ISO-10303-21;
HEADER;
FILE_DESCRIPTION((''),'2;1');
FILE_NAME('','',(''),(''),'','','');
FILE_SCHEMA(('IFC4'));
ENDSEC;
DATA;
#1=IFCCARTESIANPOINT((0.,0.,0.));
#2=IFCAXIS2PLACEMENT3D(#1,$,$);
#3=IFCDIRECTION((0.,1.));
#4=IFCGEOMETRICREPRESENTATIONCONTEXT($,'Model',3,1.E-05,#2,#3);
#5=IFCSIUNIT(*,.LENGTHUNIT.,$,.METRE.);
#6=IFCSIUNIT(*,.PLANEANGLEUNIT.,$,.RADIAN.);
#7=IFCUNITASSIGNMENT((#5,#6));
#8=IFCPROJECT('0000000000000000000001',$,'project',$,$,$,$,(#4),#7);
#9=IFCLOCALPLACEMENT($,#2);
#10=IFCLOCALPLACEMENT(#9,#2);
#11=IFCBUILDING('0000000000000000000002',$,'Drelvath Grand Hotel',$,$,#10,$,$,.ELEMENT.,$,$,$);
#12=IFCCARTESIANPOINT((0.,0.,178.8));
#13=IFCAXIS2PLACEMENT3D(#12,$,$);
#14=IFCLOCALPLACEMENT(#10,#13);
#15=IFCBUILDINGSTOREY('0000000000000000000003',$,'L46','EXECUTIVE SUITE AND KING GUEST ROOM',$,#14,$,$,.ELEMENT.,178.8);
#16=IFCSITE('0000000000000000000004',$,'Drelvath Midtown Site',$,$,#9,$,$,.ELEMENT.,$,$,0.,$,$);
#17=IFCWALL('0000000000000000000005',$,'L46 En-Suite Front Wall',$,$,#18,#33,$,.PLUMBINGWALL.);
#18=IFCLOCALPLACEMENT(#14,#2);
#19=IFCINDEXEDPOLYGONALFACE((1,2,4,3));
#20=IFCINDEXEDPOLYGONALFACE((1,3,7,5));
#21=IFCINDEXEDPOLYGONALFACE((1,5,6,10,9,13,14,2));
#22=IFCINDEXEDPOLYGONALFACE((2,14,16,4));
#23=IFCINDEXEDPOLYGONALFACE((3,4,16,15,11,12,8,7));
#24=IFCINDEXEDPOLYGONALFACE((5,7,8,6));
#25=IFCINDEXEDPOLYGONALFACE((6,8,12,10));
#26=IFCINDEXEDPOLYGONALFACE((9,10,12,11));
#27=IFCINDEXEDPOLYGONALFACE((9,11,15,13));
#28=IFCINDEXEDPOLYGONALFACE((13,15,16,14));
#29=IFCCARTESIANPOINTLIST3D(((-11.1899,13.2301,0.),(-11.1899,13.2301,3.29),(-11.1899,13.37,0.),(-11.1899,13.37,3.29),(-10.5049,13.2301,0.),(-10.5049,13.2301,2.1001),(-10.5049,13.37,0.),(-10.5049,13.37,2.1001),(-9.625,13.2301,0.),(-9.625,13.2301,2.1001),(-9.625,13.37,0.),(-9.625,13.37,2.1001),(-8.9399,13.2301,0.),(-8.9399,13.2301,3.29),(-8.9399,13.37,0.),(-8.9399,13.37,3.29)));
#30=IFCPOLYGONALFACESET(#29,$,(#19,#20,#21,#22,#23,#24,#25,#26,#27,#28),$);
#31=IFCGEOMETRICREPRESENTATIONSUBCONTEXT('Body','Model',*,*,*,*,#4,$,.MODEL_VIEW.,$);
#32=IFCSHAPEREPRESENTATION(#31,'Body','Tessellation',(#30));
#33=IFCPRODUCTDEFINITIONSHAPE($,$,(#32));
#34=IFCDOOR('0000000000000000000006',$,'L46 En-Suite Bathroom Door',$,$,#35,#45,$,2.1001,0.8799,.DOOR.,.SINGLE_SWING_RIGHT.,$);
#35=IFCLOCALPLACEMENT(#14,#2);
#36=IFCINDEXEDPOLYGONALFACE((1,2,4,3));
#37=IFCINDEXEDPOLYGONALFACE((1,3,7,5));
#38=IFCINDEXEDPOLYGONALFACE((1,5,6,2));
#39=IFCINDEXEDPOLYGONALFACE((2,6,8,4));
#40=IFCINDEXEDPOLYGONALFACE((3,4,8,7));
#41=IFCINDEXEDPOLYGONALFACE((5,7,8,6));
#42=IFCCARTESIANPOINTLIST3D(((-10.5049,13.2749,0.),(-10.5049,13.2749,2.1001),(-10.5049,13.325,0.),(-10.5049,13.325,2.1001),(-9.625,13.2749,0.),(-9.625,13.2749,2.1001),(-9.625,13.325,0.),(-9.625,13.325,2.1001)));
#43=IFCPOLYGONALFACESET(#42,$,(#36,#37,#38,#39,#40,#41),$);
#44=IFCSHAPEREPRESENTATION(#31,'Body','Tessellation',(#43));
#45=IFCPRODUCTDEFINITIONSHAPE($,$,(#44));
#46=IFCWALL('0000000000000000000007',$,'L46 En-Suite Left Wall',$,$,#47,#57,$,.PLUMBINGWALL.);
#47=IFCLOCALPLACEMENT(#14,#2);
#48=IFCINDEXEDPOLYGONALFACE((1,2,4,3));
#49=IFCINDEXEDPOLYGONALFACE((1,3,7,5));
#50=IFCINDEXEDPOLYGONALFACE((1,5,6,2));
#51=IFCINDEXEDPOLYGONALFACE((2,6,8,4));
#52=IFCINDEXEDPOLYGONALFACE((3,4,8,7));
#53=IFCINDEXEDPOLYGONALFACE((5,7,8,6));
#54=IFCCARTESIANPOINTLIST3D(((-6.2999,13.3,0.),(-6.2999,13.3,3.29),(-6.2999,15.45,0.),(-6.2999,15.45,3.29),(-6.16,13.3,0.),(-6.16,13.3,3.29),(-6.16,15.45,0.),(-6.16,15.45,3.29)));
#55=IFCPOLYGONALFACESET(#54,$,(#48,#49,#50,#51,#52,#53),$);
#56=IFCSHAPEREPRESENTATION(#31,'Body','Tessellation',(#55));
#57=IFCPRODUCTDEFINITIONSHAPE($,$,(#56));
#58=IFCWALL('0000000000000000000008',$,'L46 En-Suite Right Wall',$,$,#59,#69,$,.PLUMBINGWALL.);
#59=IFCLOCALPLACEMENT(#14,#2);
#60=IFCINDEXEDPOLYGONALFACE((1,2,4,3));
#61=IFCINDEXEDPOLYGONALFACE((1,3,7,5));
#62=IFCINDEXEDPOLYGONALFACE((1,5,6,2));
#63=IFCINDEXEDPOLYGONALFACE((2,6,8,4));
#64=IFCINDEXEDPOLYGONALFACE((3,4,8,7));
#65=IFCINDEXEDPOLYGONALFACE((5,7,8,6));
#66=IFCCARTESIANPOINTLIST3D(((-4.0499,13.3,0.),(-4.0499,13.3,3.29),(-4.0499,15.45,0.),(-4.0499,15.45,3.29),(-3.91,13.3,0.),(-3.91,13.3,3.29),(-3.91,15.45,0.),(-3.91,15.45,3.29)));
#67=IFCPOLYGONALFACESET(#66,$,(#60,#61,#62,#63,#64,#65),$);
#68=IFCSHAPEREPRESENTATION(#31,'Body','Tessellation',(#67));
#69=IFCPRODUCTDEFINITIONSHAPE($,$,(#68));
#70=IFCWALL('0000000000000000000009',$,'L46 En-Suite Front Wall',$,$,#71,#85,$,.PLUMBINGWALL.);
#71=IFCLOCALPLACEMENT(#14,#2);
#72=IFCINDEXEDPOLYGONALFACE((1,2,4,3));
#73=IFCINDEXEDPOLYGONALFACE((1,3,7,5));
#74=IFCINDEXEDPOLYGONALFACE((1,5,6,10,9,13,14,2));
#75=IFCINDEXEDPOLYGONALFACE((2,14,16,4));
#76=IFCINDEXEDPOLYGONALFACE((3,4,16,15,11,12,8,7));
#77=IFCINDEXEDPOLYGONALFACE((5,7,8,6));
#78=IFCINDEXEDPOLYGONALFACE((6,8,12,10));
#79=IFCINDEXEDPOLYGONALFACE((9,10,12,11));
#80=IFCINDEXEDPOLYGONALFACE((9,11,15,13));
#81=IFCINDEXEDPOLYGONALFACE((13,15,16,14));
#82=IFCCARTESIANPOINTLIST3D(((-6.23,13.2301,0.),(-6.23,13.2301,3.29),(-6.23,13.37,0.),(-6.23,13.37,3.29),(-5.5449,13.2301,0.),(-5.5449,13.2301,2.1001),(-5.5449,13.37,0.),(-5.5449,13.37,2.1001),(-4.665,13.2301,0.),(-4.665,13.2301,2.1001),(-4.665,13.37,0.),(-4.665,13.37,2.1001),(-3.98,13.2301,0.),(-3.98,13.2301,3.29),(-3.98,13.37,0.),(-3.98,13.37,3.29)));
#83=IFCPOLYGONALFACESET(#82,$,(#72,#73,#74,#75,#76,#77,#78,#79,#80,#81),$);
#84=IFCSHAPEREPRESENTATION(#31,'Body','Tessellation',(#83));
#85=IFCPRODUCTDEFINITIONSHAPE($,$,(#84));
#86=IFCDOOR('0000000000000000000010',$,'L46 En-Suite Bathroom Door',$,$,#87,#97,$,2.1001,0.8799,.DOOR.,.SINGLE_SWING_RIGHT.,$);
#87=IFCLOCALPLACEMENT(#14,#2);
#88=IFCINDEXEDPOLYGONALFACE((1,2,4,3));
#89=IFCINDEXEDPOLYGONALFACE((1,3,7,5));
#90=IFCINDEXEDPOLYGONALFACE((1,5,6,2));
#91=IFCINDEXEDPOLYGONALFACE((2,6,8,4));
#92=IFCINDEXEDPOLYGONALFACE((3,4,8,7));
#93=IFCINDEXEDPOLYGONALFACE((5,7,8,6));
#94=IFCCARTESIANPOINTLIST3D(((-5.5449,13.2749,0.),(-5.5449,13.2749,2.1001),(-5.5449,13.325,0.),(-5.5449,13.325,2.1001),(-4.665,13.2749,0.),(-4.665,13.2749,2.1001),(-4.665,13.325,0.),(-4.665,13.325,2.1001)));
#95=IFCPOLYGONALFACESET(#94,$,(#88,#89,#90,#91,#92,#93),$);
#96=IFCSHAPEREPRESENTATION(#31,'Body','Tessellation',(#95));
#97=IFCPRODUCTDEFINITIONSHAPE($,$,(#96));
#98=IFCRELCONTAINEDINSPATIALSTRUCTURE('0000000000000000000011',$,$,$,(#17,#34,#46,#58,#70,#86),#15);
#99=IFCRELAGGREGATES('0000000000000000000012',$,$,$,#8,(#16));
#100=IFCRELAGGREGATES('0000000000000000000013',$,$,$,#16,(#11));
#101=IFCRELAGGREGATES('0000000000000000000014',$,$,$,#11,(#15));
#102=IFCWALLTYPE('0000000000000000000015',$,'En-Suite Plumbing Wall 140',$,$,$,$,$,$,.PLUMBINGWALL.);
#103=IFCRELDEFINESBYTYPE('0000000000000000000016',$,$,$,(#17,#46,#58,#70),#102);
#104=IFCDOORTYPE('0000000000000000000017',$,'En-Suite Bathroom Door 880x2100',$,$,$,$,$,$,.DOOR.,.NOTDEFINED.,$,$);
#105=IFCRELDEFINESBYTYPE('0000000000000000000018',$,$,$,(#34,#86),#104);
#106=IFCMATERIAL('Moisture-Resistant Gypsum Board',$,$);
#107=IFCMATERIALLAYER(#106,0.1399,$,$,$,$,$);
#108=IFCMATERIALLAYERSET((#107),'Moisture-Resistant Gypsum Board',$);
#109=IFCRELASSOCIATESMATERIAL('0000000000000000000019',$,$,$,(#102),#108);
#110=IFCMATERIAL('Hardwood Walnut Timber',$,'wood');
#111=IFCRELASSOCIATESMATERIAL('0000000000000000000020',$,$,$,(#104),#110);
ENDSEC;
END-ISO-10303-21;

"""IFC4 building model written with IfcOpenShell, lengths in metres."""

from ifc_helpers import new_model, si_unit, direction, frame, frame_2d, origin, place, context, subcontext, project, spatial, rectangle, extrude, material, layer, layer_set, type_object, element, fill, save


model = new_model("IFC4")

# Units and contexts
model_context = context("Model", 3, precision=1e-05, world=origin(), true_north=direction((0.0, 1.0)))
body_context = subcontext(model_context, "Body", "Model", "MODEL_VIEW")
ifc_project = project(units=[si_unit("LENGTHUNIT", "METRE"), si_unit("PLANEANGLEUNIT", "RADIAN")], contexts=[model_context])

# Site, building, storey
site_placement = place(None, origin())
site = spatial("IfcSite", under=ifc_project, at=site_placement, Name="Drelvath Midtown Site", CompositionType="ELEMENT", RefElevation=0.0)
building_placement = place(site_placement, origin())
building = spatial("IfcBuilding", under=site, at=building_placement, Name="Drelvath Grand Hotel", CompositionType="ELEMENT")
storey_placement = place(building_placement, frame((0.0, 0.0, 178.8)))
storey = spatial("IfcBuildingStorey", under=building, at=storey_placement, Name="L46", Description="EXECUTIVE SUITE AND KING GUEST ROOM", CompositionType="ELEMENT", Elevation=178.8)

# Shared definitions
ifc_material_1 = material(Name="Hardwood Walnut Timber", Category="wood")

# Shared definitions
ifc_material_2 = material(Name="Moisture-Resistant Gypsum Board")
ifc_layer_1 = layer(ifc_material_2, 0.1399)
ifc_layer_set_1 = layer_set([ifc_layer_1], Name="Moisture-Resistant Gypsum Board")
wall_type_1 = type_object("IfcWallType", Name="En-Suite Plumbing Wall 140", PredefinedType="PLUMBINGWALL", material=ifc_layer_set_1)

# Wall, opening, door
wall_1_placement = place(storey_placement, frame((-11.1899, 13.3, 0.0), z_axis=(0.0, 0.0, 1.0), x_axis=(1.0, 0.0, 0.0)))
wall_1 = element("IfcWall", 1, at=wall_1_placement, inside=storey, type_object=wall_type_1, Name="L46 En-Suite Front Wall", PredefinedType="PLUMBINGWALL", context=body_context, shape_type="SweptSolid", body=[
    extrude(rectangle(XDim=2.25, YDim=0.1399, at=frame_2d((1.125, 0.0))), origin(), (0.0, 0.0, 1.0), 3.29),
])
opening_1_placement = place(wall_1_placement, frame((0.6851, 0.0, 0.0)))
opening_1 = element("IfcOpeningElement", 2, at=opening_1_placement, cuts=wall_1, PredefinedType="OPENING", context=body_context, shape_type="SweptSolid", body=[
    extrude(rectangle(XDim=0.8799, YDim=2.1001, at=frame_2d((0.4399, 1.05))), frame((0.0, 0.0798, 0.0), z_axis=(0.0, -1.0, 0.0), x_axis=(1.0, 0.0, 0.0)), (0.0, 0.0, 1.0), 0.1599),
])
door_type_1 = type_object("IfcDoorType", Name="En-Suite Bathroom Door 880x2100", OperationType="NOTDEFINED", PredefinedType="DOOR", material=ifc_material_1)
door_1_placement = place(opening_1_placement, origin())
door_1 = element("IfcDoor", 3, at=door_1_placement, inside=storey, type_object=door_type_1, Name="L46 En-Suite Bathroom Door", OperationType="SINGLE_SWING_RIGHT", OverallHeight=2.1001, OverallWidth=0.8799, PredefinedType="DOOR", context=body_context, shape_type="SweptSolid", body=[
    extrude(rectangle(XDim=0.8799, YDim=2.1001, at=frame_2d((0.4399, 1.05))), frame((0.0, 0.0249, 0.0), z_axis=(0.0, -1.0, 0.0), x_axis=(1.0, 0.0, 0.0)), (0.0, 0.0, 1.0), 0.05),
])
fill(opening_1, door_1)

# Walls
for number, where, z_axis, x_axis, name in (
    (4, (-6.23, 15.45, 0.0), (0.0, 0.0, 1.0), (0.0, -1.0, 0.0), "L46 En-Suite Left Wall"),
    (5, (-3.98, 15.45, 0.0), (0.0, 0.0, 1.0), (0.0, -1.0, 0.0), "L46 En-Suite Right Wall"),
):
    element("IfcWall", number, at=place(storey_placement, frame(where, z_axis=z_axis, x_axis=x_axis)), inside=storey, type_object=wall_type_1, Name=name, PredefinedType="PLUMBINGWALL", context=body_context, shape_type="SweptSolid", body=[
        extrude(rectangle(XDim=2.1499, YDim=0.1399, at=frame_2d((1.075, 0.0))), origin(), (0.0, 0.0, 1.0), 3.29),
    ])

# Wall, opening, door
wall_2_placement = place(storey_placement, frame((-6.23, 13.3, 0.0), z_axis=(0.0, 0.0, 1.0), x_axis=(1.0, 0.0, 0.0)))
wall_2 = element("IfcWall", 6, at=wall_2_placement, inside=storey, type_object=wall_type_1, Name="L46 En-Suite Front Wall", PredefinedType="PLUMBINGWALL", context=body_context, shape_type="SweptSolid", body=[
    extrude(rectangle(XDim=2.25, YDim=0.1399, at=frame_2d((1.125, 0.0))), origin(), (0.0, 0.0, 1.0), 3.29),
])
opening_2_placement = place(wall_2_placement, frame((0.6851, 0.0, 0.0)))
opening_2 = element("IfcOpeningElement", 7, at=opening_2_placement, cuts=wall_2, PredefinedType="OPENING", context=body_context, shape_type="SweptSolid", body=[
    extrude(rectangle(XDim=0.8799, YDim=2.1001, at=frame_2d((0.4399, 1.05))), frame((0.0, 0.0798, 0.0), z_axis=(0.0, -1.0, 0.0), x_axis=(1.0, 0.0, 0.0)), (0.0, 0.0, 1.0), 0.1599),
])
door_2_placement = place(opening_2_placement, origin())
door_2 = element("IfcDoor", 8, at=door_2_placement, inside=storey, type_object=door_type_1, Name="L46 En-Suite Bathroom Door", OperationType="SINGLE_SWING_RIGHT", OverallHeight=2.1001, OverallWidth=0.8799, PredefinedType="DOOR", context=body_context, shape_type="SweptSolid", body=[
    extrude(rectangle(XDim=0.8799, YDim=2.1001, at=frame_2d((0.4399, 1.05))), frame((0.0, 0.0249, 0.0), z_axis=(0.0, -1.0, 0.0), x_axis=(1.0, 0.0, 0.0)), (0.0, 0.0, 1.0), 0.05),
])
fill(opening_2, door_2)

save(model, "model.ifc")
